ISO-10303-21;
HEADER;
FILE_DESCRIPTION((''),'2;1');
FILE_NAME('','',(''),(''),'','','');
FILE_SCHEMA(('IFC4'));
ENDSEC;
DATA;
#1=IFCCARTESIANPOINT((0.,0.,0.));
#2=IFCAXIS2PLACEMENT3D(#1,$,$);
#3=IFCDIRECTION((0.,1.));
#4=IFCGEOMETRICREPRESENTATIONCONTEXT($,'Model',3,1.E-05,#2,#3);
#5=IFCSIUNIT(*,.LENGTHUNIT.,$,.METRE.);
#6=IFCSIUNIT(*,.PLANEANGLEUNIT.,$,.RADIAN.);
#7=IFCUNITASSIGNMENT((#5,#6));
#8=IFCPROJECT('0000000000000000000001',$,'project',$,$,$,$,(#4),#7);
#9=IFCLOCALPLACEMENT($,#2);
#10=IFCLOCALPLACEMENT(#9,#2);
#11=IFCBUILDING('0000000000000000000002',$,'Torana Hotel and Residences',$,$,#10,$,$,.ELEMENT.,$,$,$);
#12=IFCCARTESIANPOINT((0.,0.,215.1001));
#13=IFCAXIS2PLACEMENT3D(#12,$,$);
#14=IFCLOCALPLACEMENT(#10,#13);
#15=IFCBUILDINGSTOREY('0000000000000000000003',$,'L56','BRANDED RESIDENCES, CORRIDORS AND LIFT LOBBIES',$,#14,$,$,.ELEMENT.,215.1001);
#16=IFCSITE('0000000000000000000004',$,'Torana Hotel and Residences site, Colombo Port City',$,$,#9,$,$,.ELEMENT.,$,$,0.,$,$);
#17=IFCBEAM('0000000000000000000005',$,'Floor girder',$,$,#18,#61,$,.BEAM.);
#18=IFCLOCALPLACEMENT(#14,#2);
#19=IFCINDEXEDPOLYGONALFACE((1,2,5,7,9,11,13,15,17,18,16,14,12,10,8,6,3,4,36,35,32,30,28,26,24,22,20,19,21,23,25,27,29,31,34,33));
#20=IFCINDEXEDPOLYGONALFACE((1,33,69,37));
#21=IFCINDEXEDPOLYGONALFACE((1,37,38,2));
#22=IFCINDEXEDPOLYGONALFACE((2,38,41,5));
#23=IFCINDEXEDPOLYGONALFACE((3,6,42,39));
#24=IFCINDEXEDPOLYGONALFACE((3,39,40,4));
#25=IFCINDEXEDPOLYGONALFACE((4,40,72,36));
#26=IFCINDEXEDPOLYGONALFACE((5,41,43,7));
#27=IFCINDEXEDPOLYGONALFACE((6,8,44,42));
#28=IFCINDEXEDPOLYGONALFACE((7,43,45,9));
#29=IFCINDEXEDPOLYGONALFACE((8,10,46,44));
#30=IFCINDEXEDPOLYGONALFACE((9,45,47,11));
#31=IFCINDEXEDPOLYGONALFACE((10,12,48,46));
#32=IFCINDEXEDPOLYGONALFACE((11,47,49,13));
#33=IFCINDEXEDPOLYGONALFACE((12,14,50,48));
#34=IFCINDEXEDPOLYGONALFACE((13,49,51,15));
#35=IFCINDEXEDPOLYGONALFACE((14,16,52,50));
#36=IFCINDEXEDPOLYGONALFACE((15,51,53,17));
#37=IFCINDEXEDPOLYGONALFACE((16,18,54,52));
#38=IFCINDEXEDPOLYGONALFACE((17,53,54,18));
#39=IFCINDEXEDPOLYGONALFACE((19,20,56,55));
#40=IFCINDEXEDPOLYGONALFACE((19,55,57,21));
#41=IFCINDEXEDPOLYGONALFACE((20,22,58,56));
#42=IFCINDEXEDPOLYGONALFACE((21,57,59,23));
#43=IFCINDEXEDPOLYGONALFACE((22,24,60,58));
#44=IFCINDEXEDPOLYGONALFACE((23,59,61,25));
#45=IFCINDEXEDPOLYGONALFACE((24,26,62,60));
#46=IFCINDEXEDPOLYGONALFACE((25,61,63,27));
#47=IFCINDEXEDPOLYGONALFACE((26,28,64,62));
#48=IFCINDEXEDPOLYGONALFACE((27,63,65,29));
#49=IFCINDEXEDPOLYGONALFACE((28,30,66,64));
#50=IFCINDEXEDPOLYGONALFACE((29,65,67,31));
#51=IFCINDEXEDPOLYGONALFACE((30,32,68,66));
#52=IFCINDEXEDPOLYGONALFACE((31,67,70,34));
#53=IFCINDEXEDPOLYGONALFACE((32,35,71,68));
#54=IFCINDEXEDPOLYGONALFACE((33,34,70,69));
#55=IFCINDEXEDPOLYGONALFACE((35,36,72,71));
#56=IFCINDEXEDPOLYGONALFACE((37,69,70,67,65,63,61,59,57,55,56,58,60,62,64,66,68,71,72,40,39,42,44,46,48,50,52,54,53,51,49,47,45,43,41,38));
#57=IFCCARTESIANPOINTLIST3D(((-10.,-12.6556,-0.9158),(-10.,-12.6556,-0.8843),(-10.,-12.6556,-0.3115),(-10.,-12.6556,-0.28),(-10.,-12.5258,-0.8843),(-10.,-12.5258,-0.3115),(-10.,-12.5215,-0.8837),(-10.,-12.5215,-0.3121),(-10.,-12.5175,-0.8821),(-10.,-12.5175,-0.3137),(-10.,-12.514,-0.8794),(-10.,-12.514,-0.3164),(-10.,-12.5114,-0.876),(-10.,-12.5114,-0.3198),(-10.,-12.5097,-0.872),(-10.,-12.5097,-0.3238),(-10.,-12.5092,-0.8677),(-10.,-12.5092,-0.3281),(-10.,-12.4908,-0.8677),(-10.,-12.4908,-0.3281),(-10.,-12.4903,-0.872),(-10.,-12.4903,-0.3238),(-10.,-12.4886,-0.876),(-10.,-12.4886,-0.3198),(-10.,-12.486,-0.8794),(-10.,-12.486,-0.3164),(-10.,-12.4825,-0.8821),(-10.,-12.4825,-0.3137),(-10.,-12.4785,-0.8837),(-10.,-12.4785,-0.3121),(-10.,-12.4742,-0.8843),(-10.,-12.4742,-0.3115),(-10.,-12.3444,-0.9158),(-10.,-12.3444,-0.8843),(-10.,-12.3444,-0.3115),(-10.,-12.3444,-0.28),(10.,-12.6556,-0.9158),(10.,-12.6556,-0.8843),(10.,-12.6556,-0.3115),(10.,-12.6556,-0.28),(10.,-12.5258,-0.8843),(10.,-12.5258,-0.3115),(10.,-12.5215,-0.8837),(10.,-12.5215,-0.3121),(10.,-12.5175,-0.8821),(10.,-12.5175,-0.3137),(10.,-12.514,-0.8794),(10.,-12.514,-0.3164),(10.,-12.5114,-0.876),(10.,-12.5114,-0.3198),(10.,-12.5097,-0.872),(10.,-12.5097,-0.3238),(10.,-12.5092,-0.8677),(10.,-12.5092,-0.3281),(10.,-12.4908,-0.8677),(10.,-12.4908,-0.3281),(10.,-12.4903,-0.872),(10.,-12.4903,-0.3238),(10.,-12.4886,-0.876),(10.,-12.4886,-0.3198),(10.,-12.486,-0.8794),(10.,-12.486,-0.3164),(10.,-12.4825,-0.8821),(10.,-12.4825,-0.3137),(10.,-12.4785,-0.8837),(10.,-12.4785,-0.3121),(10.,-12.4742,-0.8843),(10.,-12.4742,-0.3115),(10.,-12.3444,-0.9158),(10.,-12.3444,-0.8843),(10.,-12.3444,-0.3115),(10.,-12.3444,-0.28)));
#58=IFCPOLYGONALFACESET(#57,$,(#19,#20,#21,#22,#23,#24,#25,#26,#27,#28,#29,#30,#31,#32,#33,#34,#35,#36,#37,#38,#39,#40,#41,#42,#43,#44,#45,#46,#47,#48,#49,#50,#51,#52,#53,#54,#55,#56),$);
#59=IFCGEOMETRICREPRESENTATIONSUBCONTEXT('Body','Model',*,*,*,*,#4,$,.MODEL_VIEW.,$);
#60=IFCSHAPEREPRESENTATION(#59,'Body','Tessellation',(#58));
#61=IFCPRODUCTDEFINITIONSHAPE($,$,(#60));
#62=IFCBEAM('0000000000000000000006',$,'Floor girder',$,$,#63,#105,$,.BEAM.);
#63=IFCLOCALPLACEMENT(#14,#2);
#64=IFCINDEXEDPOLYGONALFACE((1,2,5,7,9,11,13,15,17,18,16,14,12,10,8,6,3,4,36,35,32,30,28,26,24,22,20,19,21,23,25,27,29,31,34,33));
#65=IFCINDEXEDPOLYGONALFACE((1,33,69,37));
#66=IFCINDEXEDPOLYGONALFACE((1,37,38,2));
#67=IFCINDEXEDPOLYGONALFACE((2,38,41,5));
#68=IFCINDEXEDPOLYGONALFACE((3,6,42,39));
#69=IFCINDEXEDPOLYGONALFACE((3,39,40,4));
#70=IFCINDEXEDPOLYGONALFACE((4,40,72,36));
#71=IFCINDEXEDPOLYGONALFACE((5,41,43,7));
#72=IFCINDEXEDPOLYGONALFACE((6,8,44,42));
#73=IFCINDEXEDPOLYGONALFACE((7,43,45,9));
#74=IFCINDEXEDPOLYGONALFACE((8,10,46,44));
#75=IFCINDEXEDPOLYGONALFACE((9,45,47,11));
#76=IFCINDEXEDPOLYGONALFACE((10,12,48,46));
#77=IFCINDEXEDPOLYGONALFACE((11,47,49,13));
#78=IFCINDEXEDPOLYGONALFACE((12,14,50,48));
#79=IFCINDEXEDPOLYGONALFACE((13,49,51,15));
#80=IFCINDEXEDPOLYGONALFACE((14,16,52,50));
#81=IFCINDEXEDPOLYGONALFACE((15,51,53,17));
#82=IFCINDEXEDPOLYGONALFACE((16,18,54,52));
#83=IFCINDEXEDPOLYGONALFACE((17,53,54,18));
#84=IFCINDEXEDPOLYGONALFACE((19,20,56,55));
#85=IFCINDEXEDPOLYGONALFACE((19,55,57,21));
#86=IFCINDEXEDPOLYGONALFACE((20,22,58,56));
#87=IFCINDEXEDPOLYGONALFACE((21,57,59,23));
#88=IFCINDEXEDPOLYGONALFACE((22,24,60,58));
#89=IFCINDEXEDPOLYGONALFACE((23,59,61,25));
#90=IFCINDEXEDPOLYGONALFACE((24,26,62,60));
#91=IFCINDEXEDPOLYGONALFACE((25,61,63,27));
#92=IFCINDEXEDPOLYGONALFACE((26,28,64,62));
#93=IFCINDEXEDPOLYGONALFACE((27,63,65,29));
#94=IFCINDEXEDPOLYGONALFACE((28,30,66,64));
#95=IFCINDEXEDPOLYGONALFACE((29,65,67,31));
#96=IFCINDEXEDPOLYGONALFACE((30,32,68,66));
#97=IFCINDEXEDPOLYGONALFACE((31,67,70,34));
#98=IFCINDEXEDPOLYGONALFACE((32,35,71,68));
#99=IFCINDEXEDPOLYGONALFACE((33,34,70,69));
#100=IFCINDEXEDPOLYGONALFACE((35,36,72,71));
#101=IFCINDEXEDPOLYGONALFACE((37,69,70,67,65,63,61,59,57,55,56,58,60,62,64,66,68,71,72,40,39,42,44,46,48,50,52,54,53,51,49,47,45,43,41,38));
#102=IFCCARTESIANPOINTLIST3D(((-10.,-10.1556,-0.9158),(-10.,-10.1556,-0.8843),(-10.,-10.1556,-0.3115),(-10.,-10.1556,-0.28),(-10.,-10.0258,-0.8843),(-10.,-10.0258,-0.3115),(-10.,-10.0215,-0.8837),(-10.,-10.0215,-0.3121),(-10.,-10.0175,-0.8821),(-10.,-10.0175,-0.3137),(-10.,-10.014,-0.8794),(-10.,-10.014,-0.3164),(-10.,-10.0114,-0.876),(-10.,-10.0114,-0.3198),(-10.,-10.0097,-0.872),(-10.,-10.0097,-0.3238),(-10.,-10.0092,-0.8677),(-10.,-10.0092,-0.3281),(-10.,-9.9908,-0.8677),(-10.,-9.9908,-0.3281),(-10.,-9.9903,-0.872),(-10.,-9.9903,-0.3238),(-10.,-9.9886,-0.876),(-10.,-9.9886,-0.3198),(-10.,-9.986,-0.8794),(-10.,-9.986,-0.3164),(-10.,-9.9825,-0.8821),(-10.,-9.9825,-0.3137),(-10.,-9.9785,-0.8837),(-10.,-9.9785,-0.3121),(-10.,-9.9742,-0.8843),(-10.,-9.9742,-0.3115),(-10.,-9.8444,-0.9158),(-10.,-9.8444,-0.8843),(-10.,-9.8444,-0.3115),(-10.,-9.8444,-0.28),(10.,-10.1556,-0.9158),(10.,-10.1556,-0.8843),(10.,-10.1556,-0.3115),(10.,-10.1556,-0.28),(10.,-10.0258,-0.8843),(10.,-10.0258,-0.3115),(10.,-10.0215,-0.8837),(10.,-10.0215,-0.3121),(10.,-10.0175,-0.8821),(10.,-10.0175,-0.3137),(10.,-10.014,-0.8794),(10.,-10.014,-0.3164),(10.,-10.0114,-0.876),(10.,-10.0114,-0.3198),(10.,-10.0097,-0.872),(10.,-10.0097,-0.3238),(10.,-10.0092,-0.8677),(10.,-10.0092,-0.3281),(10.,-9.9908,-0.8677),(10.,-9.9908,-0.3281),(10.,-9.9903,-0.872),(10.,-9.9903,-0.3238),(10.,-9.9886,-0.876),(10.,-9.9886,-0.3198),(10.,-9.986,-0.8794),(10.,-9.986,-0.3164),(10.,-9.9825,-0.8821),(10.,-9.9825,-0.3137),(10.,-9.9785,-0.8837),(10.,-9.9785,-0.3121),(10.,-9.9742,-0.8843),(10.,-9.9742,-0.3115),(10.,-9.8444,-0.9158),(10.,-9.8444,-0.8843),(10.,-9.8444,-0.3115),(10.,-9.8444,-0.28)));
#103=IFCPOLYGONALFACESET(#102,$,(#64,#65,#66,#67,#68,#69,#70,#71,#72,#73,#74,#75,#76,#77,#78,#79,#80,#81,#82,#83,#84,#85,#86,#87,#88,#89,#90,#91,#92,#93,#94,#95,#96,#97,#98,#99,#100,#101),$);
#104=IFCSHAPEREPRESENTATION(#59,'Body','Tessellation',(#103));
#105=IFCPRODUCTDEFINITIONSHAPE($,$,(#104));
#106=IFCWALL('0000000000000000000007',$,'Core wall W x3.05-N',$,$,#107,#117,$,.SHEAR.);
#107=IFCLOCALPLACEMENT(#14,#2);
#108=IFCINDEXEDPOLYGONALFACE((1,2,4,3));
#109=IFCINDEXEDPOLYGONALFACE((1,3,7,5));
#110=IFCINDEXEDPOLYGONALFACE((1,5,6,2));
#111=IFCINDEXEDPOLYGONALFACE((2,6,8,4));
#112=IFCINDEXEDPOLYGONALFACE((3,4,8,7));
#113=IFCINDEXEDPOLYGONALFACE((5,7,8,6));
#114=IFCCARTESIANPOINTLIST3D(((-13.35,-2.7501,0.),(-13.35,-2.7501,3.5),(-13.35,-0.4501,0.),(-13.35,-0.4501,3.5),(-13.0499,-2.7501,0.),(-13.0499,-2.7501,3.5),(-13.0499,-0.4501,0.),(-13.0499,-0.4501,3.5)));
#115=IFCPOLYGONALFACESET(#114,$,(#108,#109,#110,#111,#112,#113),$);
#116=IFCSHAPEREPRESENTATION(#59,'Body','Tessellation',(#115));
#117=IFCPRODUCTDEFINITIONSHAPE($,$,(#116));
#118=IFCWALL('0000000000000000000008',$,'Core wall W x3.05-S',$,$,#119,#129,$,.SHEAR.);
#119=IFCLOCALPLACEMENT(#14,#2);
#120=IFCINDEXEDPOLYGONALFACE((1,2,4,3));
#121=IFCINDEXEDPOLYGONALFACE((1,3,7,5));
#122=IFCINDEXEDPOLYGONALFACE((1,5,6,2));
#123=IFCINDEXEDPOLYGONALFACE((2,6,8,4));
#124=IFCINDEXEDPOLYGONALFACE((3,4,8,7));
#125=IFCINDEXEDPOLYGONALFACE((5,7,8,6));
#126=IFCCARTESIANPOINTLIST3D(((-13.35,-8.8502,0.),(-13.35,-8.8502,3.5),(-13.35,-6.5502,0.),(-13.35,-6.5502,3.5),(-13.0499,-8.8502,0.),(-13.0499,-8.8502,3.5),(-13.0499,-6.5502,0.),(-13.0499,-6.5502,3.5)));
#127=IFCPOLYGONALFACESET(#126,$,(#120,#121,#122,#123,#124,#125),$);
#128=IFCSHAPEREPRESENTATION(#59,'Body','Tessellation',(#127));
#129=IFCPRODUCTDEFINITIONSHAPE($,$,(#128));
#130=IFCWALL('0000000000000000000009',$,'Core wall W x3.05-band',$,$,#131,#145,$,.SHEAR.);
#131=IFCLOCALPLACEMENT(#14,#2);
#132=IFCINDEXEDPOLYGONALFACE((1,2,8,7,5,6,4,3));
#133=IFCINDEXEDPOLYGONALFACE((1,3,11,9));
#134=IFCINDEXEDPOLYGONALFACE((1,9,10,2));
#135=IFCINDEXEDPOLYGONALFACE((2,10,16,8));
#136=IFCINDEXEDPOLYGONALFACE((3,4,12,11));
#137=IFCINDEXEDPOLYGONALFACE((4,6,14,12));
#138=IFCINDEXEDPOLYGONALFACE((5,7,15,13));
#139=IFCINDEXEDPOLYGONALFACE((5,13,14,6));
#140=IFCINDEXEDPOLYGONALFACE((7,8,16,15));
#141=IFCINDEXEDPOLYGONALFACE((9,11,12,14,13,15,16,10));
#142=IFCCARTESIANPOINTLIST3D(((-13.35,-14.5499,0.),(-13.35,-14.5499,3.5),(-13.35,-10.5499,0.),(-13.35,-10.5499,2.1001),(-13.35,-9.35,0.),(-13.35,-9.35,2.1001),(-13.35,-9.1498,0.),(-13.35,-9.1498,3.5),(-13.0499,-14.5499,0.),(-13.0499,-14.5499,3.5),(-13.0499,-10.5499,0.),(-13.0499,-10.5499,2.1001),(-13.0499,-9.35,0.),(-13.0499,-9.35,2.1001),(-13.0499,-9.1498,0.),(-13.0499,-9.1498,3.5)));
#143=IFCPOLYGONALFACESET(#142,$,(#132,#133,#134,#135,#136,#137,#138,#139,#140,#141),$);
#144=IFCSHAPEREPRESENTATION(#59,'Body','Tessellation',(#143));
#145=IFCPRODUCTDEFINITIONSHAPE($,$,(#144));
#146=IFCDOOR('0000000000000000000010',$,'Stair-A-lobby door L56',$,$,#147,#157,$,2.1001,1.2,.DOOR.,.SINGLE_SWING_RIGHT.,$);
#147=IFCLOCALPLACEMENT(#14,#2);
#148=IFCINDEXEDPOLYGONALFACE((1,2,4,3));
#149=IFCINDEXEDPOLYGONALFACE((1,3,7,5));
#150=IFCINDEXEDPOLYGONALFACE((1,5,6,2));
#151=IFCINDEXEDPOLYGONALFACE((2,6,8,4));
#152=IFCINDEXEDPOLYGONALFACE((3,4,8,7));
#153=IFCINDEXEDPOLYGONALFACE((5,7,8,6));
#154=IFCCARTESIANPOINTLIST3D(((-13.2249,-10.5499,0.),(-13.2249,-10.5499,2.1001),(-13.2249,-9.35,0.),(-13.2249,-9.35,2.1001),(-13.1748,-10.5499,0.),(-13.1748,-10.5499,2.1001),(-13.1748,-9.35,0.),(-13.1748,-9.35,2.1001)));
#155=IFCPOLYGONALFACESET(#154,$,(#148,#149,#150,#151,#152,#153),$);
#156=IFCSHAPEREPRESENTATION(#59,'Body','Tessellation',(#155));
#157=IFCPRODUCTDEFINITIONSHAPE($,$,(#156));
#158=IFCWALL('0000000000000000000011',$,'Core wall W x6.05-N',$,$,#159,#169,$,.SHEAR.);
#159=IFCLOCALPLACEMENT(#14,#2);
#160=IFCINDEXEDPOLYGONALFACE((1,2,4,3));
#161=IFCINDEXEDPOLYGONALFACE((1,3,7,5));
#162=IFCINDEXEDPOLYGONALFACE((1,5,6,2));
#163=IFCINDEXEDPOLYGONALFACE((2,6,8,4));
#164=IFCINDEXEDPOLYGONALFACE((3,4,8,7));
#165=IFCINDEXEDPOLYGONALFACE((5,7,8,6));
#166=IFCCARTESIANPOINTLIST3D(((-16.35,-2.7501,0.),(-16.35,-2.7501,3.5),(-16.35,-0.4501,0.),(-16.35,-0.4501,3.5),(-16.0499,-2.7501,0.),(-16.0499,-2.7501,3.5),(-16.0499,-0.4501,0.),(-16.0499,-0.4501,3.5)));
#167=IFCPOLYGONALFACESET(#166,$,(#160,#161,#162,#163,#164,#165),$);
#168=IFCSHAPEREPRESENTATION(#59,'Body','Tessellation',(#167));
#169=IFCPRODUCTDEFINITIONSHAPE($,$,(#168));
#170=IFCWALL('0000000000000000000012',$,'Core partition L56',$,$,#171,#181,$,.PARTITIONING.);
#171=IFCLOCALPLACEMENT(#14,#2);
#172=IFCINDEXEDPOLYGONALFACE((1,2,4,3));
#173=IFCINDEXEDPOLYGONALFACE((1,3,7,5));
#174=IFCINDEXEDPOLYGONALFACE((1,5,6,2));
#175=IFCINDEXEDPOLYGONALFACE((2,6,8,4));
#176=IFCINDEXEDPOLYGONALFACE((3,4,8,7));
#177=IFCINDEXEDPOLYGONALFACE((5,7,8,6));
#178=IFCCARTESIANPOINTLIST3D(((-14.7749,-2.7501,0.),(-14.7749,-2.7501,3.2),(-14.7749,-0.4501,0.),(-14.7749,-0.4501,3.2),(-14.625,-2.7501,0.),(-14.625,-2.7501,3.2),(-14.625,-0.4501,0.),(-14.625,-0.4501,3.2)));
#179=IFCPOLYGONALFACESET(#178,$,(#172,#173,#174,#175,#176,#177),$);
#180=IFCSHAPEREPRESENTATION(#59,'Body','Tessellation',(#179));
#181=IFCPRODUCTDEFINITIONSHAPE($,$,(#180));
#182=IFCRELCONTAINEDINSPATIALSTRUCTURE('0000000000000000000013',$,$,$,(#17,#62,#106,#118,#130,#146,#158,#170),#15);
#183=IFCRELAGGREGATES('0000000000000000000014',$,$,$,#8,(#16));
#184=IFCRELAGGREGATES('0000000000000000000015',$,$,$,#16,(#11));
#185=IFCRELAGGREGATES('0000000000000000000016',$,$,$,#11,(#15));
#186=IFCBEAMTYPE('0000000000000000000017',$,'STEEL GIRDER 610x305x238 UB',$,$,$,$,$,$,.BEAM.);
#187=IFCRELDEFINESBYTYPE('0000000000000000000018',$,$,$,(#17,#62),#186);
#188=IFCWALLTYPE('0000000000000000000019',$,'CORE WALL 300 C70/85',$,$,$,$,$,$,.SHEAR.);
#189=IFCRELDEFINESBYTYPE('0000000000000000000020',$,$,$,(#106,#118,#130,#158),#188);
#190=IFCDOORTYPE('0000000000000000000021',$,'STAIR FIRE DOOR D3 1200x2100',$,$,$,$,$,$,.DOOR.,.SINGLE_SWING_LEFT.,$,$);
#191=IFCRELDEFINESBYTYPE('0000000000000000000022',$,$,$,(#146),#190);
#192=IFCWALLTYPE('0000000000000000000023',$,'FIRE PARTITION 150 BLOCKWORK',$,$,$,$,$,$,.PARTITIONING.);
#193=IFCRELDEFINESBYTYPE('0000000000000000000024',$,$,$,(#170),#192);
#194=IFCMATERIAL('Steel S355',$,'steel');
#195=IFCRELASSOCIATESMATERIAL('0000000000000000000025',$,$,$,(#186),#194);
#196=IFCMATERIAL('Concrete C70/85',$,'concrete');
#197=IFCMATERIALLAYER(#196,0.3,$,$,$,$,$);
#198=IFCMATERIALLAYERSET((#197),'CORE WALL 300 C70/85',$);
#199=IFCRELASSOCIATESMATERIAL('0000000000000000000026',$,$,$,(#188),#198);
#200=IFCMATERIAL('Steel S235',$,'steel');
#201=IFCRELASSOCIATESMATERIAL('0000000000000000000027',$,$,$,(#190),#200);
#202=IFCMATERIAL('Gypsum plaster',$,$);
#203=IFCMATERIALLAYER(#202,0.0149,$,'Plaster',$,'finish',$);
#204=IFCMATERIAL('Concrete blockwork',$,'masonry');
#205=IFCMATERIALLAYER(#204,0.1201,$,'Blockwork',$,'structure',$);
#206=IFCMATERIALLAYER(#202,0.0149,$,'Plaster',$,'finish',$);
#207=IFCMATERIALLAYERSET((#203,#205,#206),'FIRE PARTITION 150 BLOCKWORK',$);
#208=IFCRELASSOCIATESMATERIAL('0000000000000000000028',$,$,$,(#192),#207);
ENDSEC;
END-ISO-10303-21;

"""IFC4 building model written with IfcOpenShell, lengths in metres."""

from ifc_helpers import new_model, si_unit, direction, frame, frame_2d, origin, origin_2d, place, context, subcontext, project, spatial, rectangle, i_section, extrude, material, layer, layer_set, material_profile, profile_set, type_object, element, fill, save


model = new_model("IFC4")

# Units and contexts
model_context = context("Model", 3, precision=1e-05, world=origin(), true_north=direction((0.0, 1.0)))
body_context = subcontext(model_context, "Body", "Model", "MODEL_VIEW")
ifc_project = project(units=[si_unit("LENGTHUNIT", "METRE"), si_unit("PLANEANGLEUNIT", "RADIAN")], contexts=[model_context])

# Site, building, storey
site_placement = place(None, origin())
site = spatial("IfcSite", under=ifc_project, at=site_placement, Name="Torana Hotel and Residences site, Colombo Port City", CompositionType="ELEMENT", RefElevation=0.0)
building_placement = place(site_placement, origin())
building = spatial("IfcBuilding", under=site, at=building_placement, Name="Torana Hotel and Residences", CompositionType="ELEMENT")
storey_placement = place(building_placement, frame((0.0, 0.0, 215.1001)))
storey = spatial("IfcBuildingStorey", under=building, at=storey_placement, Name="L56", Description="BRANDED RESIDENCES, CORRIDORS AND LIFT LOBBIES", CompositionType="ELEMENT", Elevation=215.1001)

# Beams
ifc_material_1 = material(Name="Steel S355", Category="steel")
ifc_material_profile = material_profile(ifc_material_1, i_section(OverallWidth=0.3113, OverallDepth=0.6357, WebThickness=0.0183, FlangeThickness=0.0315, FilletRadius=0.0166, at=origin_2d()), Name="610x305x238 UB")
ifc_profile_set = profile_set([ifc_material_profile], Name="Steel S355")
beam_type = type_object("IfcBeamType", Name="STEEL GIRDER 610x305x238 UB", PredefinedType="BEAM", material=ifc_profile_set)
for number, where, z_axis, x_axis, name in (
    (1, (-10.0, -12.5, -0.5979), (1.0, 0.0, 0.0), (0.0, 1.0, 0.0), "Floor girder"),
    (2, (-10.0, -10.0, -0.5979), (1.0, 0.0, 0.0), (0.0, 1.0, 0.0), "Floor girder"),
):
    element("IfcBeam", number, at=place(storey_placement, frame(where, z_axis=z_axis, x_axis=x_axis)), inside=storey, type_object=beam_type, Name=name, PredefinedType="BEAM", context=body_context, shape_type="SweptSolid", body=[
        extrude(i_section(OverallWidth=0.3113, OverallDepth=0.6357, WebThickness=0.0183, FlangeThickness=0.0315, FilletRadius=0.0166, at=origin_2d()), origin(), (0.0, 0.0, 1.0), 20.0),
    ])

# Walls
ifc_material_2 = material(Name="Concrete C70/85", Category="concrete")
ifc_layer_1 = layer(ifc_material_2, 0.3)
ifc_layer_set_1 = layer_set([ifc_layer_1], Name="CORE WALL 300 C70/85")
wall_type_1 = type_object("IfcWallType", Name="CORE WALL 300 C70/85", PredefinedType="SHEAR", material=ifc_layer_set_1)
for number, where, z_axis, x_axis, name in (
    (3, (-13.2, -2.75, 0.0), (0.0, 0.0, 1.0), (0.0, 1.0, 0.0), "Core wall W x3.05-N"),
    (4, (-13.2, -8.8501, 0.0), (0.0, 0.0, 1.0), (0.0, 1.0, 0.0), "Core wall W x3.05-S"),
):
    element("IfcWall", number, at=place(storey_placement, frame(where, z_axis=z_axis, x_axis=x_axis)), inside=storey, type_object=wall_type_1, Name=name, PredefinedType="SHEAR", context=body_context, shape_type="SweptSolid", body=[
        extrude(rectangle(XDim=2.3, YDim=0.3, at=frame_2d((1.1499, 0.0))), origin(), (0.0, 0.0, 1.0), 3.5),
    ])

# Wall, opening, door
wall_1_placement = place(storey_placement, frame((-13.2, -14.55, 0.0), z_axis=(0.0, 0.0, 1.0), x_axis=(0.0, 1.0, 0.0)))
wall_1 = element("IfcWall", 5, at=wall_1_placement, inside=storey, type_object=wall_type_1, Name="Core wall W x3.05-band", PredefinedType="SHEAR", context=body_context, shape_type="SweptSolid", body=[
    extrude(rectangle(XDim=5.4001, YDim=0.3, at=frame_2d((2.7002, 0.0))), origin(), (0.0, 0.0, 1.0), 3.5),
])
opening_1_placement = place(wall_1_placement, frame((4.0, 0.0, 0.0)))
opening_1 = element("IfcOpeningElement", 6, at=opening_1_placement, cuts=wall_1, PredefinedType="OPENING", context=body_context, shape_type="SweptSolid", body=[
    extrude(rectangle(XDim=1.2, YDim=2.1001, at=frame_2d((0.6001, 1.05))), frame((0.0, 0.1599, 0.0), z_axis=(0.0, -1.0, 0.0), x_axis=(1.0, 0.0, 0.0)), (0.0, 0.0, 1.0), 0.3201),
])
ifc_material_3 = material(Name="Steel S235", Category="steel")
door_type_1 = type_object("IfcDoorType", Name="STAIR FIRE DOOR D3 1200x2100", OperationType="SINGLE_SWING_LEFT", PredefinedType="DOOR", material=ifc_material_3)
door_1_placement = place(opening_1_placement, frame((0.6001, 0.0, 0.0), z_axis=(0.0, 0.0, 1.0), x_axis=(-1.0, 0.0, 0.0)))
door_1 = element("IfcDoor", 7, at=door_1_placement, inside=storey, type_object=door_type_1, Name="Stair-A-lobby door L56", OperationType="SINGLE_SWING_RIGHT", OverallHeight=2.1001, OverallWidth=1.2, PredefinedType="DOOR", context=body_context, shape_type="SweptSolid", body=[
    extrude(rectangle(XDim=1.2, YDim=2.1001, at=frame_2d((0.0, 1.05))), frame((0.0, -0.0249, 0.0), z_axis=(0.0, 1.0, 0.0), x_axis=(-1.0, 0.0, 0.0)), (0.0, 0.0, 1.0), 0.05),
])
fill(opening_1, door_1)

# Wall
wall_2_placement = place(storey_placement, frame((-16.2, -2.75, 0.0), z_axis=(0.0, 0.0, 1.0), x_axis=(0.0, 1.0, 0.0)))
element("IfcWall", 8, at=wall_2_placement, inside=storey, type_object=wall_type_1, Name="Core wall W x6.05-N", PredefinedType="SHEAR", context=body_context, shape_type="SweptSolid", body=[
    extrude(rectangle(XDim=2.3, YDim=0.3, at=frame_2d((1.1499, 0.0))), origin(), (0.0, 0.0, 1.0), 3.5),
])

# Wall
ifc_material_4 = material(Name="Gypsum plaster")
ifc_layer_2 = layer(ifc_material_4, 0.0149, Name="Plaster", Category="finish")
ifc_material_5 = material(Name="Concrete blockwork", Category="masonry")
ifc_layer_3 = layer(ifc_material_5, 0.1201, Name="Blockwork", Category="structure")
ifc_layer_4 = layer(ifc_material_4, 0.0149, Name="Plaster", Category="finish")
ifc_layer_set_2 = layer_set([ifc_layer_2, ifc_layer_3, ifc_layer_4], Name="FIRE PARTITION 150 BLOCKWORK")
wall_type_2 = type_object("IfcWallType", Name="FIRE PARTITION 150 BLOCKWORK", PredefinedType="PARTITIONING", material=ifc_layer_set_2)
wall_3_placement = place(storey_placement, frame((-14.7, -2.75, 0.0), z_axis=(0.0, 0.0, 1.0), x_axis=(0.0, 1.0, 0.0)))
element("IfcWall", 9, at=wall_3_placement, inside=storey, type_object=wall_type_2, Name="Core partition L56", PredefinedType="PARTITIONING", context=body_context, shape_type="SweptSolid", body=[
    extrude(rectangle(XDim=2.3, YDim=0.1499, at=frame_2d((1.1499, 0.0))), origin(), (0.0, 0.0, 1.0), 3.2),
])

save(model, "model.ifc")
